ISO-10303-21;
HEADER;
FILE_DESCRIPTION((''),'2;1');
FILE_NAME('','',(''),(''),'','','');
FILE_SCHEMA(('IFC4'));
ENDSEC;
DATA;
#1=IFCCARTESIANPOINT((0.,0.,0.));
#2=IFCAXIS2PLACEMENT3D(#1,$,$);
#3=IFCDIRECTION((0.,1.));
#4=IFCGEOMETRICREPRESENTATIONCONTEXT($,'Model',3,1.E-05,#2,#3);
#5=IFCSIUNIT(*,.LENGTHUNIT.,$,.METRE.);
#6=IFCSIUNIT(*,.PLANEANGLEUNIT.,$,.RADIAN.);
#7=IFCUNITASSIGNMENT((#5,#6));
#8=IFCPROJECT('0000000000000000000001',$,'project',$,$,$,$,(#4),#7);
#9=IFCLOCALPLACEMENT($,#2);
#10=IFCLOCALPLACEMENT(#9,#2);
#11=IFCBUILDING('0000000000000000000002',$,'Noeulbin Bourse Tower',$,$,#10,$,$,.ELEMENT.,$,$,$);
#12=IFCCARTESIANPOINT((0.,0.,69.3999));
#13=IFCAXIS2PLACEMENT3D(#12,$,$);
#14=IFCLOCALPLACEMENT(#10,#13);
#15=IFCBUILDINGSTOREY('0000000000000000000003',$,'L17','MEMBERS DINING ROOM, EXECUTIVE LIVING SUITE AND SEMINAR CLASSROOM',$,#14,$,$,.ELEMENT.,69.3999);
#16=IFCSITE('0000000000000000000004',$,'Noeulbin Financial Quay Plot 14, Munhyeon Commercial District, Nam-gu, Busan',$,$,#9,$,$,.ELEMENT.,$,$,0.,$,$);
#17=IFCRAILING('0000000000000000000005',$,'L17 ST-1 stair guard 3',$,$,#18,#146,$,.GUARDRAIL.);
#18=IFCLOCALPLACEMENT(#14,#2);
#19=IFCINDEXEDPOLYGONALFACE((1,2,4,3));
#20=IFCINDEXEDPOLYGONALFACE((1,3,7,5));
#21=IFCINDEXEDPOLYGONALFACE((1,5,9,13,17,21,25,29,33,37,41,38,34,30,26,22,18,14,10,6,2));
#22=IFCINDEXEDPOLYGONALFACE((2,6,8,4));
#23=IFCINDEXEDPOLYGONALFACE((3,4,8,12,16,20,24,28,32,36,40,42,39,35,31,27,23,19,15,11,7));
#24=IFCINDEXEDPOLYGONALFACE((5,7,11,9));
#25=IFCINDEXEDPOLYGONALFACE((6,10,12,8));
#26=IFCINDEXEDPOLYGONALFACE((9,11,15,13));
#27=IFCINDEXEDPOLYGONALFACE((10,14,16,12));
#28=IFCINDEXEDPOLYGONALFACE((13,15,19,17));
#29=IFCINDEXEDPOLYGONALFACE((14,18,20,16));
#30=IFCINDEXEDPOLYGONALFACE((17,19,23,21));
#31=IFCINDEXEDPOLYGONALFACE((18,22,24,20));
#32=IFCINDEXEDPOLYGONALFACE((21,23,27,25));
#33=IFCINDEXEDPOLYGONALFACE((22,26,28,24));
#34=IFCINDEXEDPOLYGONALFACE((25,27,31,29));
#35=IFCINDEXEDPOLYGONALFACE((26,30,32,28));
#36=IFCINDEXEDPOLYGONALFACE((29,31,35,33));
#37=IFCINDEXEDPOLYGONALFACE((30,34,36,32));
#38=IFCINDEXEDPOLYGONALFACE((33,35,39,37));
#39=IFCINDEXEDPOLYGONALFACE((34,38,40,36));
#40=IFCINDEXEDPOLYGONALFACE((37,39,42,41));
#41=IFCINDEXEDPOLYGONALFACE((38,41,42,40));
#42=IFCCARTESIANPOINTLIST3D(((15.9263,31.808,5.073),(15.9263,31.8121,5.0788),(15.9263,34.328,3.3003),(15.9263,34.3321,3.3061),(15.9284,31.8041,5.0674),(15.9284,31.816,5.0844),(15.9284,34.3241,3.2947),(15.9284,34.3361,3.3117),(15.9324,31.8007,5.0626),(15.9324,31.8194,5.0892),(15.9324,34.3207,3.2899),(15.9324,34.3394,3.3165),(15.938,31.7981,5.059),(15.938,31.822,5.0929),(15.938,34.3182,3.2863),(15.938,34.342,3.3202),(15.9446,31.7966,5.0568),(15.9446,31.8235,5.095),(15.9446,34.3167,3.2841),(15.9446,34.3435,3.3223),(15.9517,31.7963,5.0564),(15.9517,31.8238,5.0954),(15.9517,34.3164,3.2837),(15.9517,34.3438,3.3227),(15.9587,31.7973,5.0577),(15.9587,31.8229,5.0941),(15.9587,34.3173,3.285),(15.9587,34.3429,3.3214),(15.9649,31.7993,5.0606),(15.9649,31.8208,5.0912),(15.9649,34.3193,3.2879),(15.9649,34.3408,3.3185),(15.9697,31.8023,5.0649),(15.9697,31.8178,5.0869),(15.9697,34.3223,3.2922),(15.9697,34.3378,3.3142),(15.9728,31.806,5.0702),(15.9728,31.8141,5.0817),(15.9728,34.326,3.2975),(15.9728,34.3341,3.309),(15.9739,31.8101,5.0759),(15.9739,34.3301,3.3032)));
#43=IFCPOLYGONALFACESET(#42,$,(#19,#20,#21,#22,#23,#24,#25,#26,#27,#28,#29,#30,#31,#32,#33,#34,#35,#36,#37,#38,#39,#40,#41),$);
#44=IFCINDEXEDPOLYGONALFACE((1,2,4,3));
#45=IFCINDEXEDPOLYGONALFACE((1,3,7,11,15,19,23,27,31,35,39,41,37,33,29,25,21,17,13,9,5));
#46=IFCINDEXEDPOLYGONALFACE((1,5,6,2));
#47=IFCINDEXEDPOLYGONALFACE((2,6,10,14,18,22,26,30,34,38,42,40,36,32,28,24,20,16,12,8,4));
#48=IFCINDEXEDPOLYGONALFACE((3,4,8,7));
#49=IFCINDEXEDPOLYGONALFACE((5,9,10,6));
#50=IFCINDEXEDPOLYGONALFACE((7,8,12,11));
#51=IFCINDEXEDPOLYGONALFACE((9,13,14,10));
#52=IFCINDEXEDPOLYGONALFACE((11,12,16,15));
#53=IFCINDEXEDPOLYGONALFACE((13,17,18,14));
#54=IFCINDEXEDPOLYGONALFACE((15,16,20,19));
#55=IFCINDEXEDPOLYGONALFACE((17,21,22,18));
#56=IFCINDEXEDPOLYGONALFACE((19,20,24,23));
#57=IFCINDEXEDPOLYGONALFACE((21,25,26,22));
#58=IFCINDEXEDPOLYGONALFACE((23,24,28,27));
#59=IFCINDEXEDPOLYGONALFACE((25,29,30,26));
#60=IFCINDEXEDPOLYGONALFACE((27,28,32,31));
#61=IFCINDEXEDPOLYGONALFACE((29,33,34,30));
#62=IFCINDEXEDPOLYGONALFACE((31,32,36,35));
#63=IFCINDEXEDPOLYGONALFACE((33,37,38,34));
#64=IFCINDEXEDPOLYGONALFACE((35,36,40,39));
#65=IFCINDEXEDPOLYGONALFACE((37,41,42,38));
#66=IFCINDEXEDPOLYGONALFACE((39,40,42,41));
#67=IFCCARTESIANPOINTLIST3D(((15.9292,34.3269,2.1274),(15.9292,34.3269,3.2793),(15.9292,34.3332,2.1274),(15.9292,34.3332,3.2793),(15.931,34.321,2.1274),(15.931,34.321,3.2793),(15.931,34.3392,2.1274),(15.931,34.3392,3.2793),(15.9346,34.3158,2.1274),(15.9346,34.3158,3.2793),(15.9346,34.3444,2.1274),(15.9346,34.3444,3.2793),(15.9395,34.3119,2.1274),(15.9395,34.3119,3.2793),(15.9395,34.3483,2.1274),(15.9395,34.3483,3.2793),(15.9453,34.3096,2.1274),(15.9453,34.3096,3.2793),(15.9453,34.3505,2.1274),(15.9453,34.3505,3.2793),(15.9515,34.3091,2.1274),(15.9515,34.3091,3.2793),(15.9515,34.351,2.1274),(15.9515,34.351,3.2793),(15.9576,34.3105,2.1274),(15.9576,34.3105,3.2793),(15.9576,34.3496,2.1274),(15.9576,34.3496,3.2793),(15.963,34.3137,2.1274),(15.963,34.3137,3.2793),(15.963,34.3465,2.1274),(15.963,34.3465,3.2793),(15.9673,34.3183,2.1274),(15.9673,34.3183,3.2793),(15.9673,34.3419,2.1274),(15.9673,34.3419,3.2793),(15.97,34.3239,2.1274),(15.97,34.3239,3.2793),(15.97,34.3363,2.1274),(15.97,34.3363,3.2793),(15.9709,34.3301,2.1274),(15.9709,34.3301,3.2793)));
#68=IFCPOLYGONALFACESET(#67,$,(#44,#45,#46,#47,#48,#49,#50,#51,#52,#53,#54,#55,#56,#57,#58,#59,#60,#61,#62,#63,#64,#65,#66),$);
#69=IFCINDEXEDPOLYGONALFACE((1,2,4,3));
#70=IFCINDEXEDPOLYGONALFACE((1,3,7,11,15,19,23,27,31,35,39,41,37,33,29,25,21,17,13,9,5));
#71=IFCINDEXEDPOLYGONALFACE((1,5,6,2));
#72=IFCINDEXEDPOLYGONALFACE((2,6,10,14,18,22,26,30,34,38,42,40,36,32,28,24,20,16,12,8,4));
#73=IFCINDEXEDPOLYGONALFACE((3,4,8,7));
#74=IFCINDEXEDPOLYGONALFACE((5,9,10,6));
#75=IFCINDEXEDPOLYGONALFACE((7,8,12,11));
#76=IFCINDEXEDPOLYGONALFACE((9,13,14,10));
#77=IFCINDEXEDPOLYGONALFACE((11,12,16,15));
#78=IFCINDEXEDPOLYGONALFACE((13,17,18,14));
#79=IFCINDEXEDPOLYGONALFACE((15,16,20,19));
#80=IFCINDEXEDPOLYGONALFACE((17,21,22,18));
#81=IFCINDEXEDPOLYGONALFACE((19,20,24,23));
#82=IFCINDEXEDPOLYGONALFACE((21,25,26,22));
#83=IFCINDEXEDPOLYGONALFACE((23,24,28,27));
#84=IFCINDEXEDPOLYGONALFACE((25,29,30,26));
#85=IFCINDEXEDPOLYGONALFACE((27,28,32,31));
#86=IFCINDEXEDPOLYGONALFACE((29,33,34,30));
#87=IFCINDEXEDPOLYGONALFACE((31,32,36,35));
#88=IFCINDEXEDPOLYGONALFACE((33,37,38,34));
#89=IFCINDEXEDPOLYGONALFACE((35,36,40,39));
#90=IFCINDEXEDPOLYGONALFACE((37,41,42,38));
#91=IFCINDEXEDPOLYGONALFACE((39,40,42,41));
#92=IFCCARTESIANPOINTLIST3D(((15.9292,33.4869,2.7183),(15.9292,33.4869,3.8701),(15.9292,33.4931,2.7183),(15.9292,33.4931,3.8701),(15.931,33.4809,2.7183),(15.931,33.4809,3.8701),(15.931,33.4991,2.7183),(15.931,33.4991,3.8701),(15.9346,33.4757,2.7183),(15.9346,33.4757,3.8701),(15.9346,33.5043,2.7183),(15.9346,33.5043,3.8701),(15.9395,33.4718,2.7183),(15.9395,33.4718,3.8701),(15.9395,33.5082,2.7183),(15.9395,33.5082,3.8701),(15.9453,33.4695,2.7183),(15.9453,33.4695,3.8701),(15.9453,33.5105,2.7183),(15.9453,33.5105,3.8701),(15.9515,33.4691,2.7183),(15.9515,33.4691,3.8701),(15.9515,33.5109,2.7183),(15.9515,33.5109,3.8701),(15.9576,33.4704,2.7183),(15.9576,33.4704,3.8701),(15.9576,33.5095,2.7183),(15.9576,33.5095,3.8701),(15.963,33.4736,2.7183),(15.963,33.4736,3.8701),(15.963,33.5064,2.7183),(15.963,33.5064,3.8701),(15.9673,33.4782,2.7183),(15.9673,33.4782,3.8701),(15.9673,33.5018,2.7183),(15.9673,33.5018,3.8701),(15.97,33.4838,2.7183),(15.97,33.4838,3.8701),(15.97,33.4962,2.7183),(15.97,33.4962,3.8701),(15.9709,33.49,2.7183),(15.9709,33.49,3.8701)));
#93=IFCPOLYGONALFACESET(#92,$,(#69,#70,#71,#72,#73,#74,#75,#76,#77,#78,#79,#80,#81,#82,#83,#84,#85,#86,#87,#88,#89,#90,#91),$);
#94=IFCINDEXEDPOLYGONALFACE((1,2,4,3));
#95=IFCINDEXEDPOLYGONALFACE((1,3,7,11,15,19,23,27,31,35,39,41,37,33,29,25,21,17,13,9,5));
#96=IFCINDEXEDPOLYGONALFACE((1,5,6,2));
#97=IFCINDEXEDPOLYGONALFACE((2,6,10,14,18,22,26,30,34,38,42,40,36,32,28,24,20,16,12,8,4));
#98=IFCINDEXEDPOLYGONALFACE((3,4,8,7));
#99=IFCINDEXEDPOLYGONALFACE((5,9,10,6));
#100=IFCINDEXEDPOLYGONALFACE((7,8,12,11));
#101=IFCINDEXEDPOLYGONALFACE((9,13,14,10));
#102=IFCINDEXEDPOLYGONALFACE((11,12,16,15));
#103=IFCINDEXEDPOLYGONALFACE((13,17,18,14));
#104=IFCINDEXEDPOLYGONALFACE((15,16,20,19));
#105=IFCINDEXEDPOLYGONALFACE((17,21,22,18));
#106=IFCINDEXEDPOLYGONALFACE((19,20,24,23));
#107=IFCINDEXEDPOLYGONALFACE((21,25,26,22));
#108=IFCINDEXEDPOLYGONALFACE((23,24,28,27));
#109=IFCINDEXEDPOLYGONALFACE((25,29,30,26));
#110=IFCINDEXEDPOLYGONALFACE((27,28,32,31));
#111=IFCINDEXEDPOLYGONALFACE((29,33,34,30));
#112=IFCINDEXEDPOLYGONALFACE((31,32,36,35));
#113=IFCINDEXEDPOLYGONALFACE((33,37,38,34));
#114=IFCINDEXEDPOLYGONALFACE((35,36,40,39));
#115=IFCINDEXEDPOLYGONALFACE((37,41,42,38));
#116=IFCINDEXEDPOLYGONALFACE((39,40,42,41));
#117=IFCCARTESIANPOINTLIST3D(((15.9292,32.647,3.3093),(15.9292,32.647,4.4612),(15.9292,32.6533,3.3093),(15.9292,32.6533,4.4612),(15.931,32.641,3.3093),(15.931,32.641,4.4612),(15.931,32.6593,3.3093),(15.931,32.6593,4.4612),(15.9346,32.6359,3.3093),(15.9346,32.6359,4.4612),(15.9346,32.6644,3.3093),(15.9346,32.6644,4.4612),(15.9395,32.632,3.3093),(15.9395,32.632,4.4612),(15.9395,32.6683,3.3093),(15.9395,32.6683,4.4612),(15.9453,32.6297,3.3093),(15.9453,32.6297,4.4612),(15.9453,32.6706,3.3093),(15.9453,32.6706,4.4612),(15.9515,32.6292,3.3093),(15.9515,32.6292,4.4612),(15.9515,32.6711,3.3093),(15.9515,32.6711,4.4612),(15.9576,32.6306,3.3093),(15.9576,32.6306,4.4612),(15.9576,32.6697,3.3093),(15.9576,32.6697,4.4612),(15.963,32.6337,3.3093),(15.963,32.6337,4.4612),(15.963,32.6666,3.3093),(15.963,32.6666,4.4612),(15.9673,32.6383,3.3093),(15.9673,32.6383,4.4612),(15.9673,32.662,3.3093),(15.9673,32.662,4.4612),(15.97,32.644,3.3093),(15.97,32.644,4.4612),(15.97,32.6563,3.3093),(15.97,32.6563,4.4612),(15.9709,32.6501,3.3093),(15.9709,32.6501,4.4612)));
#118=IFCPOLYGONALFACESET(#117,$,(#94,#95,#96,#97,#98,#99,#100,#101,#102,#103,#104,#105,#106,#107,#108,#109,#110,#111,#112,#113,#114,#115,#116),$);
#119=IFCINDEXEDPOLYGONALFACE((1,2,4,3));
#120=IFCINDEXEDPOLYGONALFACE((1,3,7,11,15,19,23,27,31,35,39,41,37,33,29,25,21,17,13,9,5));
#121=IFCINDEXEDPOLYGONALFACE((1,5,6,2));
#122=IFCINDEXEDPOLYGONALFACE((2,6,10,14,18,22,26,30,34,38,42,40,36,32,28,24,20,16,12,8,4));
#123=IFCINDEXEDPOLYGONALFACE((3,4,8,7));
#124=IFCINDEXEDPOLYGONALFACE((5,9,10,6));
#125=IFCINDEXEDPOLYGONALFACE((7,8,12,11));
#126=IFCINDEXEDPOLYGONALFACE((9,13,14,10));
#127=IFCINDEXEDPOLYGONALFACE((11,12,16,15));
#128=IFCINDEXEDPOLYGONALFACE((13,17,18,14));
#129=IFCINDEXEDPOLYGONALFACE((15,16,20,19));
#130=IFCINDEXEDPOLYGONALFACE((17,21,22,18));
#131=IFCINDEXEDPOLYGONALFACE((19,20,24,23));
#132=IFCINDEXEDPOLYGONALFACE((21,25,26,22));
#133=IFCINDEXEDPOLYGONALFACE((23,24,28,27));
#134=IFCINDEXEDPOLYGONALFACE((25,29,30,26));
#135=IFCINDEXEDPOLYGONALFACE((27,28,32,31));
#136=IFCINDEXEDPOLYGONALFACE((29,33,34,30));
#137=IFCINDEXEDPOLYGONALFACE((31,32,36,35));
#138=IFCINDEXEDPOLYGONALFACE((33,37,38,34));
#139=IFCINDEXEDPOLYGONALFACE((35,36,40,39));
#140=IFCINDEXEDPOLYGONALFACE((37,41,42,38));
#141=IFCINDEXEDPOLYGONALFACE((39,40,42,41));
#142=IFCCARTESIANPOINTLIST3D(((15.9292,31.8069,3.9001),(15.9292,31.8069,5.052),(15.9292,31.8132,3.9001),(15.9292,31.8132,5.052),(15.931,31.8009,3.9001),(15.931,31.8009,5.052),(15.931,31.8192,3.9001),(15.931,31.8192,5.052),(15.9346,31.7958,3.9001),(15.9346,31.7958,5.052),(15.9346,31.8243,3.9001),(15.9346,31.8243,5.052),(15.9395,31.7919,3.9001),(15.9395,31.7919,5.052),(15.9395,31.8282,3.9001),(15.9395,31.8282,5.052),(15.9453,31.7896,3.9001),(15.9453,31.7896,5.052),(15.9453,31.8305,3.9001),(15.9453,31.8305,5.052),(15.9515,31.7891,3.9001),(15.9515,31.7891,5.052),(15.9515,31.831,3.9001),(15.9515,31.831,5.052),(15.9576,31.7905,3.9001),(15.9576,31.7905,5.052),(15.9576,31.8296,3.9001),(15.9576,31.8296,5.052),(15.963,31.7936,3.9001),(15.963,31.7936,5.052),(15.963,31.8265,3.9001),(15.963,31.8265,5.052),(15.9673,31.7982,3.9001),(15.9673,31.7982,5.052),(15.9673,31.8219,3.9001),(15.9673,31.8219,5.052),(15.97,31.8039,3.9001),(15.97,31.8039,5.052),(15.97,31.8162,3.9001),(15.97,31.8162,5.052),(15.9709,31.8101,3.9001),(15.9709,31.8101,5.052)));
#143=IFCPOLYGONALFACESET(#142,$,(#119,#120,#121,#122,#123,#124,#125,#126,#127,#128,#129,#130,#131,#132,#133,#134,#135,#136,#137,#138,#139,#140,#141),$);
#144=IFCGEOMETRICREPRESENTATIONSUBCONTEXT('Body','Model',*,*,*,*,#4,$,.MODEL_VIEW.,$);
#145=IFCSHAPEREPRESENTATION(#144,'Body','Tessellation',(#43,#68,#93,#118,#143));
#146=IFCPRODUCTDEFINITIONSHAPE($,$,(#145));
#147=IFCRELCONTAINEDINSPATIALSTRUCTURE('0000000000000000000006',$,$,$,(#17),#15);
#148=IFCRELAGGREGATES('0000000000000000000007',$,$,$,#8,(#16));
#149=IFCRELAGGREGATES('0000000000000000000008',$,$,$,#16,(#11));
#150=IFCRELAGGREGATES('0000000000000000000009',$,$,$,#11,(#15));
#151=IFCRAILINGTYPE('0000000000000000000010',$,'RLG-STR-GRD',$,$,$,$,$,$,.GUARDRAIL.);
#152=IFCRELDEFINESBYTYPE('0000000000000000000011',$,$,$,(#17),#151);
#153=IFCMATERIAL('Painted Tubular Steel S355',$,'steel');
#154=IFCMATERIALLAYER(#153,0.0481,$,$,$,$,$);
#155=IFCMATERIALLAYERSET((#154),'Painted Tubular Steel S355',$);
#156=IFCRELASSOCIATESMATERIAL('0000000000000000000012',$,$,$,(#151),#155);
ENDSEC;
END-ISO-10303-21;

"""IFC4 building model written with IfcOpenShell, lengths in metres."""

from ifc_helpers import new_model, si_unit, direction, frame, origin, origin_2d, place, context, subcontext, project, spatial, circle, extrude, material, layer, layer_set, type_object, element, save


model = new_model("IFC4")

# Units and contexts
model_context = context("Model", 3, precision=1e-05, world=origin(), true_north=direction((0.0, 1.0)))
body_context = subcontext(model_context, "Body", "Model", "MODEL_VIEW")
ifc_project = project(units=[si_unit("LENGTHUNIT", "METRE"), si_unit("PLANEANGLEUNIT", "RADIAN")], contexts=[model_context])

# Site, building, storey
site_placement = place(None, origin())
site = spatial("IfcSite", under=ifc_project, at=site_placement, Name="Noeulbin Financial Quay Plot 14, Munhyeon Commercial District, Nam-gu, Busan", CompositionType="ELEMENT", RefElevation=0.0)
building_placement = place(site_placement, origin())
building = spatial("IfcBuilding", under=site, at=building_placement, Name="Noeulbin Bourse Tower", CompositionType="ELEMENT")
storey_placement = place(building_placement, frame((0.0, 0.0, 69.3999)))
storey = spatial("IfcBuildingStorey", under=building, at=storey_placement, Name="L17", Description="MEMBERS DINING ROOM, EXECUTIVE LIVING SUITE AND SEMINAR CLASSROOM", CompositionType="ELEMENT", Elevation=69.3999)

# Railing
ifc_material_1 = material(Name="Painted Tubular Steel S355", Category="steel")
ifc_layer_1 = layer(ifc_material_1, 0.0481)
ifc_layer_set_1 = layer_set([ifc_layer_1], Name="Painted Tubular Steel S355")
railing_type_1 = type_object("IfcRailingType", Name="RLG-STR-GRD", PredefinedType="GUARDRAIL", material=ifc_layer_set_1)
railing_1_placement = place(storey_placement, frame((15.95, 34.3301, 2.1274)))
element("IfcRailing", 1, at=railing_1_placement, inside=storey, type_object=railing_type_1, Name="L17 ST-1 stair guard 3", PredefinedType="GUARDRAIL", context=body_context, shape_type="SweptSolid", body=[
    extrude(circle(Radius=0.0239, at=origin_2d()), frame((0.0, 0.0, 1.1758), z_axis=(0.0, -0.817904, 0.575354), x_axis=(1.0, 0.0, 0.0)), (0.0, 0.0, 1.0), 3.0811),
    extrude(circle(Radius=0.021, at=origin_2d()), origin(), (0.0, 0.0, 1.0), 1.1519),
    extrude(circle(Radius=0.021, at=origin_2d()), frame((0.0, -0.8401, 0.5908)), (0.0, 0.0, 1.0), 1.1519),
    extrude(circle(Radius=0.021, at=origin_2d()), frame((0.0, -1.6799, 1.1819)), (0.0, 0.0, 1.0), 1.1519),
    extrude(circle(Radius=0.021, at=origin_2d()), frame((0.0, -2.52, 1.7727)), (0.0, 0.0, 1.0), 1.1519),
])

save(model, "model.ifc")
